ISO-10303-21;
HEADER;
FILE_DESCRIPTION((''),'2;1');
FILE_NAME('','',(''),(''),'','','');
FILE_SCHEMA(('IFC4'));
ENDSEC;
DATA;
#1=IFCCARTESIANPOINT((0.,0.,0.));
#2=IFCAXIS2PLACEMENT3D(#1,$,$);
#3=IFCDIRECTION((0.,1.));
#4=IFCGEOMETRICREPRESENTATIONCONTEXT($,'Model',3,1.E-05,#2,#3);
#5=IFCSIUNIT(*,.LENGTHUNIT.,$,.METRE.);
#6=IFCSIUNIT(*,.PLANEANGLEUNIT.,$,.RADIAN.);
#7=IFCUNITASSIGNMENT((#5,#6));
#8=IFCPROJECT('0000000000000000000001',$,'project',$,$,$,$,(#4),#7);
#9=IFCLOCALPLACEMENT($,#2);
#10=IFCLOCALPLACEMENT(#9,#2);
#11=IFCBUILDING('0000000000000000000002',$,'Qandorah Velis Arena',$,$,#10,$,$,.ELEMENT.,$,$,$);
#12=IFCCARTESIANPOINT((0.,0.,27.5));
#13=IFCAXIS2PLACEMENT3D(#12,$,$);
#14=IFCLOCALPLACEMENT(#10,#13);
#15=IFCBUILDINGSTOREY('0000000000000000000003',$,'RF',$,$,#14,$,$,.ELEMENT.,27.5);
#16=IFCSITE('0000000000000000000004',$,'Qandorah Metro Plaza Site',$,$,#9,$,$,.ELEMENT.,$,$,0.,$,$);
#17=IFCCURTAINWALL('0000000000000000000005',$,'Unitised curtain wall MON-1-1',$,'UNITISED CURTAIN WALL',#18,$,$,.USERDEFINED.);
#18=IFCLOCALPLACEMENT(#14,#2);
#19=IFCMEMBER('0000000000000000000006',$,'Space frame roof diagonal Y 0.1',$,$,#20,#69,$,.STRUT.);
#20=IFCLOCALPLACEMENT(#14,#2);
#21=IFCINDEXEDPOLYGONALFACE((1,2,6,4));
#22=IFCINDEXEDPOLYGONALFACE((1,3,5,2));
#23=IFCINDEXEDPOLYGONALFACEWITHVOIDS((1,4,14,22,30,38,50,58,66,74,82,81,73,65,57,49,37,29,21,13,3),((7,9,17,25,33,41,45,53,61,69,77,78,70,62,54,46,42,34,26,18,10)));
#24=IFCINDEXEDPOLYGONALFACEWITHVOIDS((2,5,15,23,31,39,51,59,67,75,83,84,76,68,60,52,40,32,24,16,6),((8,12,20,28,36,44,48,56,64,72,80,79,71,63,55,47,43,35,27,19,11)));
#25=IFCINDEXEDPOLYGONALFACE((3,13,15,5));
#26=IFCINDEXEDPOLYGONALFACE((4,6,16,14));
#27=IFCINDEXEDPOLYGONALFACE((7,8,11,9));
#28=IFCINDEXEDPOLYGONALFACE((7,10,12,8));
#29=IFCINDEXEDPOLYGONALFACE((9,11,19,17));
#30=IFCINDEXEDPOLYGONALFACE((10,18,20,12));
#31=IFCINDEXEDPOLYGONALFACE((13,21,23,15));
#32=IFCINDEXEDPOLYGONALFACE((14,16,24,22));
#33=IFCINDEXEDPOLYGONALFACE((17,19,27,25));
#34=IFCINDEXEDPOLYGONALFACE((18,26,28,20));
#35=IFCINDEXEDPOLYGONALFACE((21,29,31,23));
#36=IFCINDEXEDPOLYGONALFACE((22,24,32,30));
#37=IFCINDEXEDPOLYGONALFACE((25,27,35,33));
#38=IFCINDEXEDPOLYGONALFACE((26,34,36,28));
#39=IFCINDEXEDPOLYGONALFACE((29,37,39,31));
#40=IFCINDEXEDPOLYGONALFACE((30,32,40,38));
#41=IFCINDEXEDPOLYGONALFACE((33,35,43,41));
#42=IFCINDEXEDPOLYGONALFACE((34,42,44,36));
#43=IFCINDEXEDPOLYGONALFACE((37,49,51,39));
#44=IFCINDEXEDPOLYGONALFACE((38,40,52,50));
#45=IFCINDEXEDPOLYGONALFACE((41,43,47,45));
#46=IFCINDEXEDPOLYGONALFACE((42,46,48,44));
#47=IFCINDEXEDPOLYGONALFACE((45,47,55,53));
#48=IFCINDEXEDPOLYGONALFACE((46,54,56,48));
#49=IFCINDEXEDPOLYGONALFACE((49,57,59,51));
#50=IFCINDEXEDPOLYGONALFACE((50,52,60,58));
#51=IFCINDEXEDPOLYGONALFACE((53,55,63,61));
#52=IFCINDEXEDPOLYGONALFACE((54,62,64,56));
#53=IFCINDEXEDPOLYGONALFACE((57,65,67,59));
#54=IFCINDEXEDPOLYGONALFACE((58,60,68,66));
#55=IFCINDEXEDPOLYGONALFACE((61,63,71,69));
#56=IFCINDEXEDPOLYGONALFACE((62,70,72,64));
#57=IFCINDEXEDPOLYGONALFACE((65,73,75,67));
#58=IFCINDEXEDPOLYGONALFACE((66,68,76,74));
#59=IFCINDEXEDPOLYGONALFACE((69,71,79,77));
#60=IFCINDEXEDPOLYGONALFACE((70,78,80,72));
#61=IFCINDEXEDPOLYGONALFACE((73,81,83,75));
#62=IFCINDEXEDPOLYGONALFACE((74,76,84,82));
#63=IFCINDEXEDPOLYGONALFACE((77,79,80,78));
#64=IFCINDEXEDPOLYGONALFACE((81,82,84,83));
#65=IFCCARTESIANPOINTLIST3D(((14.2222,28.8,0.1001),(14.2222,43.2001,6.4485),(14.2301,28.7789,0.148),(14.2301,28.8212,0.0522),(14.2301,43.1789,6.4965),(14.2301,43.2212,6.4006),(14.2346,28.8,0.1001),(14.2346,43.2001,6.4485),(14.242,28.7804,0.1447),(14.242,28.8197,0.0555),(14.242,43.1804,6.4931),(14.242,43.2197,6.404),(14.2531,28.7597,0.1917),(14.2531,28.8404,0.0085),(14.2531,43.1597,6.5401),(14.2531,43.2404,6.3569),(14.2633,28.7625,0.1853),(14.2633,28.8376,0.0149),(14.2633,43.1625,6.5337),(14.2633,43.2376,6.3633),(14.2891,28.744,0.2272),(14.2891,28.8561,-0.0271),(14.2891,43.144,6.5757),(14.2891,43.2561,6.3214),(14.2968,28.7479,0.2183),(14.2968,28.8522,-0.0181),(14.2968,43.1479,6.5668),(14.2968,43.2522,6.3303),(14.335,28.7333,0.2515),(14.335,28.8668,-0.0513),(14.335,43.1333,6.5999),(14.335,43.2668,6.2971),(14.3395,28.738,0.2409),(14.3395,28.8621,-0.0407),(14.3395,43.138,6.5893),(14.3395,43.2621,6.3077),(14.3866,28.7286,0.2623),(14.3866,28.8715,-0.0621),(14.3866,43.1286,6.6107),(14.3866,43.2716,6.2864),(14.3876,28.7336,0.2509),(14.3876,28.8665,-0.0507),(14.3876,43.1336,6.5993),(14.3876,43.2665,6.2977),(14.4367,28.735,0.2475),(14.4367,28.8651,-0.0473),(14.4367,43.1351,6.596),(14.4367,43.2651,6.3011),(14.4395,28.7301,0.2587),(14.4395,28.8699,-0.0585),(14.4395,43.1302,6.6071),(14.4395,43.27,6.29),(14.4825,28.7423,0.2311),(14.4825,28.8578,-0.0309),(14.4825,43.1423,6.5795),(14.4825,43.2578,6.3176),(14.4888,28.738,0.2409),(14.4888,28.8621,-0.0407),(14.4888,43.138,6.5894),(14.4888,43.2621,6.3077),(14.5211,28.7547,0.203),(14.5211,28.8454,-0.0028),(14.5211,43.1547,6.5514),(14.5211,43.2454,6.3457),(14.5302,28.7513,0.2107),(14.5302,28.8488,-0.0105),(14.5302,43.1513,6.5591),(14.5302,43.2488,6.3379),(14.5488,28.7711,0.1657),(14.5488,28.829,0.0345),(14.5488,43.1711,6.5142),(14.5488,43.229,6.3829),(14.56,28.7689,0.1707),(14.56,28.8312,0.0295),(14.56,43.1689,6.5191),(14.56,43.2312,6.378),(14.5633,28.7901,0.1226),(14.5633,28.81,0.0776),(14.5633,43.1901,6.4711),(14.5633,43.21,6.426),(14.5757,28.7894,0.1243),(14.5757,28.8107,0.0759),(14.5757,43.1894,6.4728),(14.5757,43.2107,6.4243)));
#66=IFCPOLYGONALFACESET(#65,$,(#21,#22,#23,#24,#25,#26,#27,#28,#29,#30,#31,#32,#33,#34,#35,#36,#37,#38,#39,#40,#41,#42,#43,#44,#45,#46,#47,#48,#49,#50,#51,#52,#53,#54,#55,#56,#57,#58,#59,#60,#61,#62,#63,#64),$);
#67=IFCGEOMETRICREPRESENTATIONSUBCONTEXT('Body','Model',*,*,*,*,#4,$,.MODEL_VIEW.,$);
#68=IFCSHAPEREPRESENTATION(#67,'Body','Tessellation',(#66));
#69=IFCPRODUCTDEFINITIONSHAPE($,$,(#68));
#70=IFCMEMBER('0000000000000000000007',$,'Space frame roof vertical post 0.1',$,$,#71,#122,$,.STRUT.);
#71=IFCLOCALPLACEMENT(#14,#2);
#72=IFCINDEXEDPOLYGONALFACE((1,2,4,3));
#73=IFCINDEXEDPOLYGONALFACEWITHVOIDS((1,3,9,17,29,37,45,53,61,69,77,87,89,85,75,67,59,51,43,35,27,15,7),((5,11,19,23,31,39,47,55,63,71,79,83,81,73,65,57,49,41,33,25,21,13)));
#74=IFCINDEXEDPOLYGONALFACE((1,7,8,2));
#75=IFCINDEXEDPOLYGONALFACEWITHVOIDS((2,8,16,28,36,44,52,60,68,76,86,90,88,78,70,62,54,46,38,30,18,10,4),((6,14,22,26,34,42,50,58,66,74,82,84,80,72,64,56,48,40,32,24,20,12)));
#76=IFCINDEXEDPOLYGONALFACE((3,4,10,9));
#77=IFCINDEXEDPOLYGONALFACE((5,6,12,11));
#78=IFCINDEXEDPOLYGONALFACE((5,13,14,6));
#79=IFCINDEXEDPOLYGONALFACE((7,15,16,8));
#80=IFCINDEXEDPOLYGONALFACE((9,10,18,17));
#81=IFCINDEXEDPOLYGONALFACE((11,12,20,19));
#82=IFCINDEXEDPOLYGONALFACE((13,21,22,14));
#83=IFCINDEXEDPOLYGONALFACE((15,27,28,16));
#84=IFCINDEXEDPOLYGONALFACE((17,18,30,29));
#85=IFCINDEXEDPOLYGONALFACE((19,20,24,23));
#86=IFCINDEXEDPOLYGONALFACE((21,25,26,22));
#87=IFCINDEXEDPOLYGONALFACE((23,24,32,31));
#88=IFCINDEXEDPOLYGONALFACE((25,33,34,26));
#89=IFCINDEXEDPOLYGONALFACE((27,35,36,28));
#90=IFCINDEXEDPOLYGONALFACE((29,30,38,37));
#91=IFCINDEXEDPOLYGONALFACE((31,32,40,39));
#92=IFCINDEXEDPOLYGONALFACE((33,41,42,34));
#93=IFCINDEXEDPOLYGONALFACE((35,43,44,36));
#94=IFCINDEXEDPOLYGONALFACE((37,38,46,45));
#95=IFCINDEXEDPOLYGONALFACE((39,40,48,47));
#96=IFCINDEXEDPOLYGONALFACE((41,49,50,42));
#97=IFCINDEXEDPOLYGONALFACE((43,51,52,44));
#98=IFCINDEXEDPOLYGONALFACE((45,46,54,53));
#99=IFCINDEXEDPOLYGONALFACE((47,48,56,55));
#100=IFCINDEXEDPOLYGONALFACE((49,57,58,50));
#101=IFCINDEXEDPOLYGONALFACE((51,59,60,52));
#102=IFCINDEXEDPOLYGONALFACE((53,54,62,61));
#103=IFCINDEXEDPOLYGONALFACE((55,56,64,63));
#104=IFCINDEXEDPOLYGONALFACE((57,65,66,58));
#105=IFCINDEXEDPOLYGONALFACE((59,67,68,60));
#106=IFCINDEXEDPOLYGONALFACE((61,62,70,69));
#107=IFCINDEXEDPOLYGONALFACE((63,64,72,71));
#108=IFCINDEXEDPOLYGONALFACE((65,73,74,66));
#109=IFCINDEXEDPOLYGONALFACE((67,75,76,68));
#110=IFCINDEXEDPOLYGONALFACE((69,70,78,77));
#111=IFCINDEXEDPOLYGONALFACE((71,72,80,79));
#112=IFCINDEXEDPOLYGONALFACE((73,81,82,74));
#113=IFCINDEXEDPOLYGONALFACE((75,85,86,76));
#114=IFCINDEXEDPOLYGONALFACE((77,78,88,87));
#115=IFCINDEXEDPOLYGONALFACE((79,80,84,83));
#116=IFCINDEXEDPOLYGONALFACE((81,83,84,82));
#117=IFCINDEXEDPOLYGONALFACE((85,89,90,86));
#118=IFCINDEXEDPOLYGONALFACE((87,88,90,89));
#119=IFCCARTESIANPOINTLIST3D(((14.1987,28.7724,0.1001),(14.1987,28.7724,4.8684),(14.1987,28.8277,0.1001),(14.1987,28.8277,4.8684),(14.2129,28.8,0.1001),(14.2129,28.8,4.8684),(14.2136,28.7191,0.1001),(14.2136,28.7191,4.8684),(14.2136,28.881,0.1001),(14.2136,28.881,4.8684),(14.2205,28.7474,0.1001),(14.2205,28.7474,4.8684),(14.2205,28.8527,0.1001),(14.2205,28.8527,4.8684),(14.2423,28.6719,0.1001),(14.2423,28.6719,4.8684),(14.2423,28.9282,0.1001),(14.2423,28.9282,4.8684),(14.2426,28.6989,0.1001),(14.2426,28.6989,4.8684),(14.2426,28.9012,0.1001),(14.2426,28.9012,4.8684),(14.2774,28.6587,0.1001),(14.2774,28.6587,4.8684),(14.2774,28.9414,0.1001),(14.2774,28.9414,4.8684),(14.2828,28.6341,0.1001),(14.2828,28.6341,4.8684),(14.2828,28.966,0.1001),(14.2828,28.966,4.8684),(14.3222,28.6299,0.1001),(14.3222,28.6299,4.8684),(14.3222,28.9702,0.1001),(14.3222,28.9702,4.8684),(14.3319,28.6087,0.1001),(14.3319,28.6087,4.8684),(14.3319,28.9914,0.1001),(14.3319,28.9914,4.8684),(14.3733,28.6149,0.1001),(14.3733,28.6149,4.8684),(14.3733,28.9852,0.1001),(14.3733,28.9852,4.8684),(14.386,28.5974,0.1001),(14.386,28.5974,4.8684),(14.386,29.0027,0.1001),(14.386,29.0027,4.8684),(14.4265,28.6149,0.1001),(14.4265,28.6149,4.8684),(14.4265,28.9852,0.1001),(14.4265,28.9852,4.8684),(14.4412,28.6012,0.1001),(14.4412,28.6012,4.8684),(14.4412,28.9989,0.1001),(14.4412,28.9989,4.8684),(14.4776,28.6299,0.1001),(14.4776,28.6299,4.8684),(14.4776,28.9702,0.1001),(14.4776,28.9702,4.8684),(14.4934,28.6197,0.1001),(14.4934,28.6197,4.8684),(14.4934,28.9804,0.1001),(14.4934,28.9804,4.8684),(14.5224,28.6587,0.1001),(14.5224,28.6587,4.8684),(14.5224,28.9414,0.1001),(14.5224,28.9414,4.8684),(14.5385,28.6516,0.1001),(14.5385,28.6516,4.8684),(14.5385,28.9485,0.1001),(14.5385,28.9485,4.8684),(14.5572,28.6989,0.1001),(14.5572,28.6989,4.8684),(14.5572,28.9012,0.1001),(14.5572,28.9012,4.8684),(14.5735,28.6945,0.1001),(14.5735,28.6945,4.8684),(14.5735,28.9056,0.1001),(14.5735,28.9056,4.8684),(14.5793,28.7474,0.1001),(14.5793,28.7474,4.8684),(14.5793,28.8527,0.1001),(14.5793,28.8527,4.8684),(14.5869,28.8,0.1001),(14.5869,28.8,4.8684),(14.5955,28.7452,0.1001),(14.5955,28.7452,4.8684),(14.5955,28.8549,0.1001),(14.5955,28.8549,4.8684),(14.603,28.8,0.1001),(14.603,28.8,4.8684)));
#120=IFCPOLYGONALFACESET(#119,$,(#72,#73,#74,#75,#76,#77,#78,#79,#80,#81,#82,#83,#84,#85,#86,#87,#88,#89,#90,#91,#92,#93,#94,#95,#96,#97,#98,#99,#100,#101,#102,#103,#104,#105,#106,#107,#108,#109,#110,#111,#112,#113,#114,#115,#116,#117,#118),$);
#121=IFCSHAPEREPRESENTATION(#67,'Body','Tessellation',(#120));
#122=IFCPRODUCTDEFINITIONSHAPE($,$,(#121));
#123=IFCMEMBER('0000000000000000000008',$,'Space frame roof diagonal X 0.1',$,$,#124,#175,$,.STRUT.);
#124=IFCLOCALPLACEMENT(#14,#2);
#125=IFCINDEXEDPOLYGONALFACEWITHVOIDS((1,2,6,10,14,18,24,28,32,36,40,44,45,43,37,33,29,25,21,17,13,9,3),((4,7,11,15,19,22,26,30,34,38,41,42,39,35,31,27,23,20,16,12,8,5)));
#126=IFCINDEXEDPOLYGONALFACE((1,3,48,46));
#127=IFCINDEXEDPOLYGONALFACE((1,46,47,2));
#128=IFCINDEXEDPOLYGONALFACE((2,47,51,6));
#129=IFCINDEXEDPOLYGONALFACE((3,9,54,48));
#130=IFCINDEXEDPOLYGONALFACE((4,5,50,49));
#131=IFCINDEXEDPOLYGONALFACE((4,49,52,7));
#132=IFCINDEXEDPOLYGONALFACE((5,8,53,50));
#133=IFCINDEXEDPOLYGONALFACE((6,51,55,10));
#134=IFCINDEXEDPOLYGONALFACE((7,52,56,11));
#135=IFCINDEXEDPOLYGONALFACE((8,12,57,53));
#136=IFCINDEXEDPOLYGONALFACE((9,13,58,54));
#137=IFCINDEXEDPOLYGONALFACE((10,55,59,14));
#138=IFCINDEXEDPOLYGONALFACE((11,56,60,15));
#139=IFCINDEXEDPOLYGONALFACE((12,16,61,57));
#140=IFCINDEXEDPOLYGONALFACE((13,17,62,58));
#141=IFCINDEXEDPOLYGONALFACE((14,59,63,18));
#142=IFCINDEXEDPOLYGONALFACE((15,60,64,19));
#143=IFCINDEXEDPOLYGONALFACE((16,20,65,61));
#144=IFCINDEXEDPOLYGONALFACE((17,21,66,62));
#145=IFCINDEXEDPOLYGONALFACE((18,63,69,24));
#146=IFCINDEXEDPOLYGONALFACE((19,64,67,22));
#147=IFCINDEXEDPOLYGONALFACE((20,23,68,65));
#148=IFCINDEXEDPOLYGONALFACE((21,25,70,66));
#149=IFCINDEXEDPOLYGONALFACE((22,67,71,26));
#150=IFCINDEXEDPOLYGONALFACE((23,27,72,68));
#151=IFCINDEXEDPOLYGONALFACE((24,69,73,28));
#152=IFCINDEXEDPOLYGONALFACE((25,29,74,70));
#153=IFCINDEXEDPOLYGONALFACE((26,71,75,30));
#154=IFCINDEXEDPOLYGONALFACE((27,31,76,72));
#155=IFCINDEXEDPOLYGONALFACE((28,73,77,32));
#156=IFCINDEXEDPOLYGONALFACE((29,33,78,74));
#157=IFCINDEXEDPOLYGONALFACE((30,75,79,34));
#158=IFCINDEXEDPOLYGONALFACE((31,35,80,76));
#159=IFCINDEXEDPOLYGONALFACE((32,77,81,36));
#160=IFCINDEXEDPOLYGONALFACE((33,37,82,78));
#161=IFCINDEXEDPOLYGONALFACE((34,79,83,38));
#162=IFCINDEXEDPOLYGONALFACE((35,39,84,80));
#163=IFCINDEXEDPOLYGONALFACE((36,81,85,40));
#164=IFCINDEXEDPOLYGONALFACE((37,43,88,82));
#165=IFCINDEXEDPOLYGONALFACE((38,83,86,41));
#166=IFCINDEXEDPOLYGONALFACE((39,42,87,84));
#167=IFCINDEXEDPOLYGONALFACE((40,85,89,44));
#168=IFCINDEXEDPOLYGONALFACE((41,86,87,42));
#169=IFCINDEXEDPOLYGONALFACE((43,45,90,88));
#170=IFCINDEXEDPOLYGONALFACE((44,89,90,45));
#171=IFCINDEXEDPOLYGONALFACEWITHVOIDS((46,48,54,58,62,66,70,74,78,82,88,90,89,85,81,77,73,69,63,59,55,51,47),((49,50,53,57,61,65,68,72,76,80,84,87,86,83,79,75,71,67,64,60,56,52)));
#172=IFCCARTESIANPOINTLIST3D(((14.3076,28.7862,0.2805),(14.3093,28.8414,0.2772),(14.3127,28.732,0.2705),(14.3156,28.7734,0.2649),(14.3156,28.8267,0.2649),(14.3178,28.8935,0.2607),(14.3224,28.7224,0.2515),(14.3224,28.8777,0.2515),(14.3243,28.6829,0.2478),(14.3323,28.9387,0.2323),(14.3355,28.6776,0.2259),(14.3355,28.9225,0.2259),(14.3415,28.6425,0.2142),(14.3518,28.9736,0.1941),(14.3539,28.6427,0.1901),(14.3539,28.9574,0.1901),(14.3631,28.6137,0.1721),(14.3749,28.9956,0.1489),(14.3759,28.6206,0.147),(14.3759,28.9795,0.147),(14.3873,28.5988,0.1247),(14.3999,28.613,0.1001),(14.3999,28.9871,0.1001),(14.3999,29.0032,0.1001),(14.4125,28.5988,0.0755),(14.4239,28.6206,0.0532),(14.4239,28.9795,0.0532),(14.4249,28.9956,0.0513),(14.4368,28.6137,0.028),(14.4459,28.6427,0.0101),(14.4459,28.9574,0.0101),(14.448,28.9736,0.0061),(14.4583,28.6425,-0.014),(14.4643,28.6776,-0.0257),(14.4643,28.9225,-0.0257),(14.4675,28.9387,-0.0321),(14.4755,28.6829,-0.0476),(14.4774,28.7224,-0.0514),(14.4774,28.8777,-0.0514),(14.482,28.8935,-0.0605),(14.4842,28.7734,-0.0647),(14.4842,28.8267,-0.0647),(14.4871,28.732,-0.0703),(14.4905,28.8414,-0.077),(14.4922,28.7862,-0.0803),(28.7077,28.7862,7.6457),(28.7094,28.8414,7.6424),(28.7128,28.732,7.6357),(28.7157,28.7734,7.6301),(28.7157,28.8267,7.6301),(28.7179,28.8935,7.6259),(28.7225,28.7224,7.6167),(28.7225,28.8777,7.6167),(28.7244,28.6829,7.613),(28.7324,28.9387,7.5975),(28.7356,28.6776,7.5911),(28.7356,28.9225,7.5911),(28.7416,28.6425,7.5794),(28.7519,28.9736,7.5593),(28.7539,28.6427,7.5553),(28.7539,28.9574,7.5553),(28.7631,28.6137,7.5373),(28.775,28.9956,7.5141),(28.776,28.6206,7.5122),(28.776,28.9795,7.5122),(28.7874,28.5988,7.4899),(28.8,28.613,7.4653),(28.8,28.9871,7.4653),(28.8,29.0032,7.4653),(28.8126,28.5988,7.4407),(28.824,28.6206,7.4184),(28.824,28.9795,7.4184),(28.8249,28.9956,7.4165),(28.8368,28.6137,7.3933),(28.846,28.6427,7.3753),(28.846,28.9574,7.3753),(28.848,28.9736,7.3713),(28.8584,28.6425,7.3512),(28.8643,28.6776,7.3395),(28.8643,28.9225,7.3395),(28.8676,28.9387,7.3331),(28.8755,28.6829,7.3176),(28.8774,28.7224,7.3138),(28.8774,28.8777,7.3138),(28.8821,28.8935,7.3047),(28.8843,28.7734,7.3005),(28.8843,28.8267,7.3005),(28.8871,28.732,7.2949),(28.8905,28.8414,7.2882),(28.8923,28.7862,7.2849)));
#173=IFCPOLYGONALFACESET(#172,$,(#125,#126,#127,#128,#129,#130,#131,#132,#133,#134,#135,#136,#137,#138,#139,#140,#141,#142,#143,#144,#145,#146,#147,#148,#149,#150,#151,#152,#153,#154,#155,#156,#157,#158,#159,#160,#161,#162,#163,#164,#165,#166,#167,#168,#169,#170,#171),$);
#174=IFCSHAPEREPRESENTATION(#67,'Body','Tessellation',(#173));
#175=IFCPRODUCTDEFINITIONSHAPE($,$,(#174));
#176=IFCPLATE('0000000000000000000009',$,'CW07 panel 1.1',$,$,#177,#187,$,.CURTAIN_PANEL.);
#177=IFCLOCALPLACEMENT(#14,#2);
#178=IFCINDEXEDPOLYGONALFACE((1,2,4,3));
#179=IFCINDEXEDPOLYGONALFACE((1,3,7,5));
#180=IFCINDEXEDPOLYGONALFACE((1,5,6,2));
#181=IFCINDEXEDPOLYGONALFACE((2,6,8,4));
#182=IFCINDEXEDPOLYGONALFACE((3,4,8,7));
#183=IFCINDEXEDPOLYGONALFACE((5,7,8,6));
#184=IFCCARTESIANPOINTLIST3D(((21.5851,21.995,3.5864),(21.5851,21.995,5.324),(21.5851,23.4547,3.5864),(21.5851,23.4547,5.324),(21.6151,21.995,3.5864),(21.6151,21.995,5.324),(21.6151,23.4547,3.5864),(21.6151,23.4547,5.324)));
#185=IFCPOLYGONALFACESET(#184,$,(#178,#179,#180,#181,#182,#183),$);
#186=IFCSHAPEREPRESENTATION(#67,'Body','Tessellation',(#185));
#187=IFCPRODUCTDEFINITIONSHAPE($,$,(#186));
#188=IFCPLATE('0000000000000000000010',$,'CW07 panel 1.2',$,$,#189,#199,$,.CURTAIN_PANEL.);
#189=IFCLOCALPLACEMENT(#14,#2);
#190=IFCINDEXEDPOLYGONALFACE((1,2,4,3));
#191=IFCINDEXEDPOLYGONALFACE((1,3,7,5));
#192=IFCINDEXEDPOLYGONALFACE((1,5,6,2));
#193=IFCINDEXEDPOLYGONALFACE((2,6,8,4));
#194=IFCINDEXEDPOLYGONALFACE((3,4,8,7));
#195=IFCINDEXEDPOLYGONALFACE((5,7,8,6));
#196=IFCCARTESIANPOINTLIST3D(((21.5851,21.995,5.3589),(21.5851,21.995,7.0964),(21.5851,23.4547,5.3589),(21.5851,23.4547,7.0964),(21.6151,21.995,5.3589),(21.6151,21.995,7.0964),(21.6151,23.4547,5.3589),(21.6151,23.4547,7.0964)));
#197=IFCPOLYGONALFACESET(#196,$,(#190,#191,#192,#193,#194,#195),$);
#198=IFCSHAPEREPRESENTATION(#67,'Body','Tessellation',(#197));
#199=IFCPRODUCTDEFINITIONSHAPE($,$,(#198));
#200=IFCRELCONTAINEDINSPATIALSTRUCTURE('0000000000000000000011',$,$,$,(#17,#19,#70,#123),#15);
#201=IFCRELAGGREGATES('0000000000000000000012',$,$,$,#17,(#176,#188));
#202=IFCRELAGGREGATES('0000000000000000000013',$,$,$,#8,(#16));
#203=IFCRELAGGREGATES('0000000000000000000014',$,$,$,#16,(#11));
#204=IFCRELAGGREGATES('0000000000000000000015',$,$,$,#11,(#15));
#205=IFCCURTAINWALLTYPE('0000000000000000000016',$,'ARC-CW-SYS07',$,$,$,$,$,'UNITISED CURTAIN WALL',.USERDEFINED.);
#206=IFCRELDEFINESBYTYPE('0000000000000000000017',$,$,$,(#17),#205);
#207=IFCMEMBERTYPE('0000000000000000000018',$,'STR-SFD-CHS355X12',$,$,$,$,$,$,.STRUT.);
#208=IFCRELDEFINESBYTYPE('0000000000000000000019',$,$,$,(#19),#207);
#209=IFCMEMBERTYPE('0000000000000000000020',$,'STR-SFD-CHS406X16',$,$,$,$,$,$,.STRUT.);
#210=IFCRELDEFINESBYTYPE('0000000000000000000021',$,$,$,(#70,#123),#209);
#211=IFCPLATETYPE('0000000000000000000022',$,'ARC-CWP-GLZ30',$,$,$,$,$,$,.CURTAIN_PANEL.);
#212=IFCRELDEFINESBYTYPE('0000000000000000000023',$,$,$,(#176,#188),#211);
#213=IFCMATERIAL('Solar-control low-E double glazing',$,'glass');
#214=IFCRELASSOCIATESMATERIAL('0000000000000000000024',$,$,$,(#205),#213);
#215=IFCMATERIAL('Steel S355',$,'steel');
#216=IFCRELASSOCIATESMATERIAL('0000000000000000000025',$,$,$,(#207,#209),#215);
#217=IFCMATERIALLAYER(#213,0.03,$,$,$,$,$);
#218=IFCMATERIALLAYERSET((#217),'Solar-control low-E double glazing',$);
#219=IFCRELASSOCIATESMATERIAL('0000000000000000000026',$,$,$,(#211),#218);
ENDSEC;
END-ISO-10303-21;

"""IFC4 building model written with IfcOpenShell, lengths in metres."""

from ifc_helpers import new_model, si_unit, direction, frame, origin, origin_2d, place, context, subcontext, project, spatial, rectangle, hollow_circle, extrude, material, layer, layer_set, material_profile, profile_set, type_object, element, aggregate, save


model = new_model("IFC4")

# Units and contexts
model_context = context("Model", 3, precision=1e-05, world=origin(), true_north=direction((0.0, 1.0)))
body_context = subcontext(model_context, "Body", "Model", "MODEL_VIEW")
ifc_project = project(units=[si_unit("LENGTHUNIT", "METRE"), si_unit("PLANEANGLEUNIT", "RADIAN")], contexts=[model_context])

# Site, building, storey
site_placement = place(None, origin())
site = spatial("IfcSite", under=ifc_project, at=site_placement, Name="Qandorah Metro Plaza Site", CompositionType="ELEMENT", RefElevation=0.0)
building_placement = place(site_placement, origin())
building = spatial("IfcBuilding", under=site, at=building_placement, Name="Qandorah Velis Arena", CompositionType="ELEMENT")
storey_placement = place(building_placement, frame((0.0, 0.0, 27.5)))
storey = spatial("IfcBuildingStorey", under=building, at=storey_placement, Name="RF", CompositionType="ELEMENT", Elevation=27.5)

# Curtain wall
ifc_material_1 = material(Name="Solar-control low-E double glazing", Category="glass")
curtain_wall_type_1 = type_object("IfcCurtainWallType", Name="ARC-CW-SYS07", ElementType="UNITISED CURTAIN WALL", PredefinedType="USERDEFINED", material=ifc_material_1)
curtain_wall_1_placement = place(storey_placement, origin())
curtain_wall_1 = element("IfcCurtainWall", 1, at=curtain_wall_1_placement, inside=storey, type_object=curtain_wall_type_1, Name="Unitised curtain wall MON-1-1", ObjectType="UNITISED CURTAIN WALL", PredefinedType="USERDEFINED")

# Shared definitions
ifc_material_2 = material(Name="Steel S355", Category="steel")

# Members
ifc_material_profile_1 = material_profile(ifc_material_2, hollow_circle(Radius=0.1777, WallThickness=0.0125, at=origin_2d()), Name="CHS 355.6x12.5")
ifc_profile_set_1 = profile_set([ifc_material_profile_1], Name="Steel S355")
member_type_1 = type_object("IfcMemberType", Name="STR-SFD-CHS355X12", PredefinedType="STRUT", material=ifc_profile_set_1)
member_1_placement = place(storey_placement, frame((14.3999, 28.8, 0.1001), z_axis=(0.0, 0.915024, 0.4034), x_axis=(-1.0, 0.0, 0.0)))
element("IfcMember", 2, at=member_1_placement, inside=storey, type_object=member_type_1, Name="Space frame roof diagonal Y 0.1", PredefinedType="STRUT", context=body_context, shape_type="SweptSolid", body=[
    extrude(hollow_circle(Radius=0.1777, WallThickness=0.0125, at=origin_2d()), origin(), (0.0, 0.0, 1.0), 15.7373),
])
ifc_material_profile_2 = material_profile(ifc_material_2, hollow_circle(Radius=0.2031, WallThickness=0.0161, at=origin_2d()), Name="CHS 406.4x16")
ifc_profile_set_2 = profile_set([ifc_material_profile_2], Name="Steel S355")
member_type_2 = type_object("IfcMemberType", Name="STR-SFD-CHS406X16", PredefinedType="STRUT", material=ifc_profile_set_2)
member_2_placement = place(storey_placement, frame((14.3999, 28.8, 0.1001), z_axis=(0.0, 0.0, 1.0), x_axis=(1.0, 0.0, 0.0)))
element("IfcMember", 3, at=member_2_placement, inside=storey, type_object=member_type_2, Name="Space frame roof vertical post 0.1", PredefinedType="STRUT", context=body_context, shape_type="SweptSolid", body=[
    extrude(hollow_circle(Radius=0.2031, WallThickness=0.0161, at=origin_2d()), origin(), (0.0, 0.0, 1.0), 4.7683),
])
member_3_placement = place(storey_placement, frame((14.3999, 28.8, 0.1001), z_axis=(0.890305, 0.0, 0.455364), x_axis=(0.0, 1.0, 0.0)))
element("IfcMember", 4, at=member_3_placement, inside=storey, type_object=member_type_2, Name="Space frame roof diagonal X 0.1", PredefinedType="STRUT", context=body_context, shape_type="SweptSolid", body=[
    extrude(hollow_circle(Radius=0.2031, WallThickness=0.0161, at=origin_2d()), origin(), (0.0, 0.0, 1.0), 16.1743),
])

# Plates
ifc_layer_1 = layer(ifc_material_1, 0.03)
ifc_layer_set_1 = layer_set([ifc_layer_1], Name="Solar-control low-E double glazing")
plate_type_1 = type_object("IfcPlateType", Name="ARC-CWP-GLZ30", PredefinedType="CURTAIN_PANEL", material=ifc_layer_set_1)
plate_1_placement = place(storey_placement, frame((21.6001, 22.7249, 3.5864), z_axis=(0.0, 0.0, 1.0), x_axis=(0.0, 1.0, 0.0)))
plate_1 = element("IfcPlate", 5, at=plate_1_placement, type_object=plate_type_1, Name="CW07 panel 1.1", PredefinedType="CURTAIN_PANEL", context=body_context, shape_type="SweptSolid", body=[
    extrude(rectangle(XDim=1.4597, YDim=0.03, at=origin_2d()), origin(), (0.0, 0.0, 1.0), 1.7375),
])
plate_2_placement = place(storey_placement, frame((21.6001, 22.7249, 5.3589), z_axis=(0.0, 0.0, 1.0), x_axis=(0.0, 1.0, 0.0)))
plate_2 = element("IfcPlate", 6, at=plate_2_placement, type_object=plate_type_1, Name="CW07 panel 1.2", PredefinedType="CURTAIN_PANEL", context=body_context, shape_type="SweptSolid", body=[
    extrude(rectangle(XDim=1.4597, YDim=0.03, at=origin_2d()), origin(), (0.0, 0.0, 1.0), 1.7375),
])
aggregate(curtain_wall_1, [plate_1, plate_2])

save(model, "model.ifc")
